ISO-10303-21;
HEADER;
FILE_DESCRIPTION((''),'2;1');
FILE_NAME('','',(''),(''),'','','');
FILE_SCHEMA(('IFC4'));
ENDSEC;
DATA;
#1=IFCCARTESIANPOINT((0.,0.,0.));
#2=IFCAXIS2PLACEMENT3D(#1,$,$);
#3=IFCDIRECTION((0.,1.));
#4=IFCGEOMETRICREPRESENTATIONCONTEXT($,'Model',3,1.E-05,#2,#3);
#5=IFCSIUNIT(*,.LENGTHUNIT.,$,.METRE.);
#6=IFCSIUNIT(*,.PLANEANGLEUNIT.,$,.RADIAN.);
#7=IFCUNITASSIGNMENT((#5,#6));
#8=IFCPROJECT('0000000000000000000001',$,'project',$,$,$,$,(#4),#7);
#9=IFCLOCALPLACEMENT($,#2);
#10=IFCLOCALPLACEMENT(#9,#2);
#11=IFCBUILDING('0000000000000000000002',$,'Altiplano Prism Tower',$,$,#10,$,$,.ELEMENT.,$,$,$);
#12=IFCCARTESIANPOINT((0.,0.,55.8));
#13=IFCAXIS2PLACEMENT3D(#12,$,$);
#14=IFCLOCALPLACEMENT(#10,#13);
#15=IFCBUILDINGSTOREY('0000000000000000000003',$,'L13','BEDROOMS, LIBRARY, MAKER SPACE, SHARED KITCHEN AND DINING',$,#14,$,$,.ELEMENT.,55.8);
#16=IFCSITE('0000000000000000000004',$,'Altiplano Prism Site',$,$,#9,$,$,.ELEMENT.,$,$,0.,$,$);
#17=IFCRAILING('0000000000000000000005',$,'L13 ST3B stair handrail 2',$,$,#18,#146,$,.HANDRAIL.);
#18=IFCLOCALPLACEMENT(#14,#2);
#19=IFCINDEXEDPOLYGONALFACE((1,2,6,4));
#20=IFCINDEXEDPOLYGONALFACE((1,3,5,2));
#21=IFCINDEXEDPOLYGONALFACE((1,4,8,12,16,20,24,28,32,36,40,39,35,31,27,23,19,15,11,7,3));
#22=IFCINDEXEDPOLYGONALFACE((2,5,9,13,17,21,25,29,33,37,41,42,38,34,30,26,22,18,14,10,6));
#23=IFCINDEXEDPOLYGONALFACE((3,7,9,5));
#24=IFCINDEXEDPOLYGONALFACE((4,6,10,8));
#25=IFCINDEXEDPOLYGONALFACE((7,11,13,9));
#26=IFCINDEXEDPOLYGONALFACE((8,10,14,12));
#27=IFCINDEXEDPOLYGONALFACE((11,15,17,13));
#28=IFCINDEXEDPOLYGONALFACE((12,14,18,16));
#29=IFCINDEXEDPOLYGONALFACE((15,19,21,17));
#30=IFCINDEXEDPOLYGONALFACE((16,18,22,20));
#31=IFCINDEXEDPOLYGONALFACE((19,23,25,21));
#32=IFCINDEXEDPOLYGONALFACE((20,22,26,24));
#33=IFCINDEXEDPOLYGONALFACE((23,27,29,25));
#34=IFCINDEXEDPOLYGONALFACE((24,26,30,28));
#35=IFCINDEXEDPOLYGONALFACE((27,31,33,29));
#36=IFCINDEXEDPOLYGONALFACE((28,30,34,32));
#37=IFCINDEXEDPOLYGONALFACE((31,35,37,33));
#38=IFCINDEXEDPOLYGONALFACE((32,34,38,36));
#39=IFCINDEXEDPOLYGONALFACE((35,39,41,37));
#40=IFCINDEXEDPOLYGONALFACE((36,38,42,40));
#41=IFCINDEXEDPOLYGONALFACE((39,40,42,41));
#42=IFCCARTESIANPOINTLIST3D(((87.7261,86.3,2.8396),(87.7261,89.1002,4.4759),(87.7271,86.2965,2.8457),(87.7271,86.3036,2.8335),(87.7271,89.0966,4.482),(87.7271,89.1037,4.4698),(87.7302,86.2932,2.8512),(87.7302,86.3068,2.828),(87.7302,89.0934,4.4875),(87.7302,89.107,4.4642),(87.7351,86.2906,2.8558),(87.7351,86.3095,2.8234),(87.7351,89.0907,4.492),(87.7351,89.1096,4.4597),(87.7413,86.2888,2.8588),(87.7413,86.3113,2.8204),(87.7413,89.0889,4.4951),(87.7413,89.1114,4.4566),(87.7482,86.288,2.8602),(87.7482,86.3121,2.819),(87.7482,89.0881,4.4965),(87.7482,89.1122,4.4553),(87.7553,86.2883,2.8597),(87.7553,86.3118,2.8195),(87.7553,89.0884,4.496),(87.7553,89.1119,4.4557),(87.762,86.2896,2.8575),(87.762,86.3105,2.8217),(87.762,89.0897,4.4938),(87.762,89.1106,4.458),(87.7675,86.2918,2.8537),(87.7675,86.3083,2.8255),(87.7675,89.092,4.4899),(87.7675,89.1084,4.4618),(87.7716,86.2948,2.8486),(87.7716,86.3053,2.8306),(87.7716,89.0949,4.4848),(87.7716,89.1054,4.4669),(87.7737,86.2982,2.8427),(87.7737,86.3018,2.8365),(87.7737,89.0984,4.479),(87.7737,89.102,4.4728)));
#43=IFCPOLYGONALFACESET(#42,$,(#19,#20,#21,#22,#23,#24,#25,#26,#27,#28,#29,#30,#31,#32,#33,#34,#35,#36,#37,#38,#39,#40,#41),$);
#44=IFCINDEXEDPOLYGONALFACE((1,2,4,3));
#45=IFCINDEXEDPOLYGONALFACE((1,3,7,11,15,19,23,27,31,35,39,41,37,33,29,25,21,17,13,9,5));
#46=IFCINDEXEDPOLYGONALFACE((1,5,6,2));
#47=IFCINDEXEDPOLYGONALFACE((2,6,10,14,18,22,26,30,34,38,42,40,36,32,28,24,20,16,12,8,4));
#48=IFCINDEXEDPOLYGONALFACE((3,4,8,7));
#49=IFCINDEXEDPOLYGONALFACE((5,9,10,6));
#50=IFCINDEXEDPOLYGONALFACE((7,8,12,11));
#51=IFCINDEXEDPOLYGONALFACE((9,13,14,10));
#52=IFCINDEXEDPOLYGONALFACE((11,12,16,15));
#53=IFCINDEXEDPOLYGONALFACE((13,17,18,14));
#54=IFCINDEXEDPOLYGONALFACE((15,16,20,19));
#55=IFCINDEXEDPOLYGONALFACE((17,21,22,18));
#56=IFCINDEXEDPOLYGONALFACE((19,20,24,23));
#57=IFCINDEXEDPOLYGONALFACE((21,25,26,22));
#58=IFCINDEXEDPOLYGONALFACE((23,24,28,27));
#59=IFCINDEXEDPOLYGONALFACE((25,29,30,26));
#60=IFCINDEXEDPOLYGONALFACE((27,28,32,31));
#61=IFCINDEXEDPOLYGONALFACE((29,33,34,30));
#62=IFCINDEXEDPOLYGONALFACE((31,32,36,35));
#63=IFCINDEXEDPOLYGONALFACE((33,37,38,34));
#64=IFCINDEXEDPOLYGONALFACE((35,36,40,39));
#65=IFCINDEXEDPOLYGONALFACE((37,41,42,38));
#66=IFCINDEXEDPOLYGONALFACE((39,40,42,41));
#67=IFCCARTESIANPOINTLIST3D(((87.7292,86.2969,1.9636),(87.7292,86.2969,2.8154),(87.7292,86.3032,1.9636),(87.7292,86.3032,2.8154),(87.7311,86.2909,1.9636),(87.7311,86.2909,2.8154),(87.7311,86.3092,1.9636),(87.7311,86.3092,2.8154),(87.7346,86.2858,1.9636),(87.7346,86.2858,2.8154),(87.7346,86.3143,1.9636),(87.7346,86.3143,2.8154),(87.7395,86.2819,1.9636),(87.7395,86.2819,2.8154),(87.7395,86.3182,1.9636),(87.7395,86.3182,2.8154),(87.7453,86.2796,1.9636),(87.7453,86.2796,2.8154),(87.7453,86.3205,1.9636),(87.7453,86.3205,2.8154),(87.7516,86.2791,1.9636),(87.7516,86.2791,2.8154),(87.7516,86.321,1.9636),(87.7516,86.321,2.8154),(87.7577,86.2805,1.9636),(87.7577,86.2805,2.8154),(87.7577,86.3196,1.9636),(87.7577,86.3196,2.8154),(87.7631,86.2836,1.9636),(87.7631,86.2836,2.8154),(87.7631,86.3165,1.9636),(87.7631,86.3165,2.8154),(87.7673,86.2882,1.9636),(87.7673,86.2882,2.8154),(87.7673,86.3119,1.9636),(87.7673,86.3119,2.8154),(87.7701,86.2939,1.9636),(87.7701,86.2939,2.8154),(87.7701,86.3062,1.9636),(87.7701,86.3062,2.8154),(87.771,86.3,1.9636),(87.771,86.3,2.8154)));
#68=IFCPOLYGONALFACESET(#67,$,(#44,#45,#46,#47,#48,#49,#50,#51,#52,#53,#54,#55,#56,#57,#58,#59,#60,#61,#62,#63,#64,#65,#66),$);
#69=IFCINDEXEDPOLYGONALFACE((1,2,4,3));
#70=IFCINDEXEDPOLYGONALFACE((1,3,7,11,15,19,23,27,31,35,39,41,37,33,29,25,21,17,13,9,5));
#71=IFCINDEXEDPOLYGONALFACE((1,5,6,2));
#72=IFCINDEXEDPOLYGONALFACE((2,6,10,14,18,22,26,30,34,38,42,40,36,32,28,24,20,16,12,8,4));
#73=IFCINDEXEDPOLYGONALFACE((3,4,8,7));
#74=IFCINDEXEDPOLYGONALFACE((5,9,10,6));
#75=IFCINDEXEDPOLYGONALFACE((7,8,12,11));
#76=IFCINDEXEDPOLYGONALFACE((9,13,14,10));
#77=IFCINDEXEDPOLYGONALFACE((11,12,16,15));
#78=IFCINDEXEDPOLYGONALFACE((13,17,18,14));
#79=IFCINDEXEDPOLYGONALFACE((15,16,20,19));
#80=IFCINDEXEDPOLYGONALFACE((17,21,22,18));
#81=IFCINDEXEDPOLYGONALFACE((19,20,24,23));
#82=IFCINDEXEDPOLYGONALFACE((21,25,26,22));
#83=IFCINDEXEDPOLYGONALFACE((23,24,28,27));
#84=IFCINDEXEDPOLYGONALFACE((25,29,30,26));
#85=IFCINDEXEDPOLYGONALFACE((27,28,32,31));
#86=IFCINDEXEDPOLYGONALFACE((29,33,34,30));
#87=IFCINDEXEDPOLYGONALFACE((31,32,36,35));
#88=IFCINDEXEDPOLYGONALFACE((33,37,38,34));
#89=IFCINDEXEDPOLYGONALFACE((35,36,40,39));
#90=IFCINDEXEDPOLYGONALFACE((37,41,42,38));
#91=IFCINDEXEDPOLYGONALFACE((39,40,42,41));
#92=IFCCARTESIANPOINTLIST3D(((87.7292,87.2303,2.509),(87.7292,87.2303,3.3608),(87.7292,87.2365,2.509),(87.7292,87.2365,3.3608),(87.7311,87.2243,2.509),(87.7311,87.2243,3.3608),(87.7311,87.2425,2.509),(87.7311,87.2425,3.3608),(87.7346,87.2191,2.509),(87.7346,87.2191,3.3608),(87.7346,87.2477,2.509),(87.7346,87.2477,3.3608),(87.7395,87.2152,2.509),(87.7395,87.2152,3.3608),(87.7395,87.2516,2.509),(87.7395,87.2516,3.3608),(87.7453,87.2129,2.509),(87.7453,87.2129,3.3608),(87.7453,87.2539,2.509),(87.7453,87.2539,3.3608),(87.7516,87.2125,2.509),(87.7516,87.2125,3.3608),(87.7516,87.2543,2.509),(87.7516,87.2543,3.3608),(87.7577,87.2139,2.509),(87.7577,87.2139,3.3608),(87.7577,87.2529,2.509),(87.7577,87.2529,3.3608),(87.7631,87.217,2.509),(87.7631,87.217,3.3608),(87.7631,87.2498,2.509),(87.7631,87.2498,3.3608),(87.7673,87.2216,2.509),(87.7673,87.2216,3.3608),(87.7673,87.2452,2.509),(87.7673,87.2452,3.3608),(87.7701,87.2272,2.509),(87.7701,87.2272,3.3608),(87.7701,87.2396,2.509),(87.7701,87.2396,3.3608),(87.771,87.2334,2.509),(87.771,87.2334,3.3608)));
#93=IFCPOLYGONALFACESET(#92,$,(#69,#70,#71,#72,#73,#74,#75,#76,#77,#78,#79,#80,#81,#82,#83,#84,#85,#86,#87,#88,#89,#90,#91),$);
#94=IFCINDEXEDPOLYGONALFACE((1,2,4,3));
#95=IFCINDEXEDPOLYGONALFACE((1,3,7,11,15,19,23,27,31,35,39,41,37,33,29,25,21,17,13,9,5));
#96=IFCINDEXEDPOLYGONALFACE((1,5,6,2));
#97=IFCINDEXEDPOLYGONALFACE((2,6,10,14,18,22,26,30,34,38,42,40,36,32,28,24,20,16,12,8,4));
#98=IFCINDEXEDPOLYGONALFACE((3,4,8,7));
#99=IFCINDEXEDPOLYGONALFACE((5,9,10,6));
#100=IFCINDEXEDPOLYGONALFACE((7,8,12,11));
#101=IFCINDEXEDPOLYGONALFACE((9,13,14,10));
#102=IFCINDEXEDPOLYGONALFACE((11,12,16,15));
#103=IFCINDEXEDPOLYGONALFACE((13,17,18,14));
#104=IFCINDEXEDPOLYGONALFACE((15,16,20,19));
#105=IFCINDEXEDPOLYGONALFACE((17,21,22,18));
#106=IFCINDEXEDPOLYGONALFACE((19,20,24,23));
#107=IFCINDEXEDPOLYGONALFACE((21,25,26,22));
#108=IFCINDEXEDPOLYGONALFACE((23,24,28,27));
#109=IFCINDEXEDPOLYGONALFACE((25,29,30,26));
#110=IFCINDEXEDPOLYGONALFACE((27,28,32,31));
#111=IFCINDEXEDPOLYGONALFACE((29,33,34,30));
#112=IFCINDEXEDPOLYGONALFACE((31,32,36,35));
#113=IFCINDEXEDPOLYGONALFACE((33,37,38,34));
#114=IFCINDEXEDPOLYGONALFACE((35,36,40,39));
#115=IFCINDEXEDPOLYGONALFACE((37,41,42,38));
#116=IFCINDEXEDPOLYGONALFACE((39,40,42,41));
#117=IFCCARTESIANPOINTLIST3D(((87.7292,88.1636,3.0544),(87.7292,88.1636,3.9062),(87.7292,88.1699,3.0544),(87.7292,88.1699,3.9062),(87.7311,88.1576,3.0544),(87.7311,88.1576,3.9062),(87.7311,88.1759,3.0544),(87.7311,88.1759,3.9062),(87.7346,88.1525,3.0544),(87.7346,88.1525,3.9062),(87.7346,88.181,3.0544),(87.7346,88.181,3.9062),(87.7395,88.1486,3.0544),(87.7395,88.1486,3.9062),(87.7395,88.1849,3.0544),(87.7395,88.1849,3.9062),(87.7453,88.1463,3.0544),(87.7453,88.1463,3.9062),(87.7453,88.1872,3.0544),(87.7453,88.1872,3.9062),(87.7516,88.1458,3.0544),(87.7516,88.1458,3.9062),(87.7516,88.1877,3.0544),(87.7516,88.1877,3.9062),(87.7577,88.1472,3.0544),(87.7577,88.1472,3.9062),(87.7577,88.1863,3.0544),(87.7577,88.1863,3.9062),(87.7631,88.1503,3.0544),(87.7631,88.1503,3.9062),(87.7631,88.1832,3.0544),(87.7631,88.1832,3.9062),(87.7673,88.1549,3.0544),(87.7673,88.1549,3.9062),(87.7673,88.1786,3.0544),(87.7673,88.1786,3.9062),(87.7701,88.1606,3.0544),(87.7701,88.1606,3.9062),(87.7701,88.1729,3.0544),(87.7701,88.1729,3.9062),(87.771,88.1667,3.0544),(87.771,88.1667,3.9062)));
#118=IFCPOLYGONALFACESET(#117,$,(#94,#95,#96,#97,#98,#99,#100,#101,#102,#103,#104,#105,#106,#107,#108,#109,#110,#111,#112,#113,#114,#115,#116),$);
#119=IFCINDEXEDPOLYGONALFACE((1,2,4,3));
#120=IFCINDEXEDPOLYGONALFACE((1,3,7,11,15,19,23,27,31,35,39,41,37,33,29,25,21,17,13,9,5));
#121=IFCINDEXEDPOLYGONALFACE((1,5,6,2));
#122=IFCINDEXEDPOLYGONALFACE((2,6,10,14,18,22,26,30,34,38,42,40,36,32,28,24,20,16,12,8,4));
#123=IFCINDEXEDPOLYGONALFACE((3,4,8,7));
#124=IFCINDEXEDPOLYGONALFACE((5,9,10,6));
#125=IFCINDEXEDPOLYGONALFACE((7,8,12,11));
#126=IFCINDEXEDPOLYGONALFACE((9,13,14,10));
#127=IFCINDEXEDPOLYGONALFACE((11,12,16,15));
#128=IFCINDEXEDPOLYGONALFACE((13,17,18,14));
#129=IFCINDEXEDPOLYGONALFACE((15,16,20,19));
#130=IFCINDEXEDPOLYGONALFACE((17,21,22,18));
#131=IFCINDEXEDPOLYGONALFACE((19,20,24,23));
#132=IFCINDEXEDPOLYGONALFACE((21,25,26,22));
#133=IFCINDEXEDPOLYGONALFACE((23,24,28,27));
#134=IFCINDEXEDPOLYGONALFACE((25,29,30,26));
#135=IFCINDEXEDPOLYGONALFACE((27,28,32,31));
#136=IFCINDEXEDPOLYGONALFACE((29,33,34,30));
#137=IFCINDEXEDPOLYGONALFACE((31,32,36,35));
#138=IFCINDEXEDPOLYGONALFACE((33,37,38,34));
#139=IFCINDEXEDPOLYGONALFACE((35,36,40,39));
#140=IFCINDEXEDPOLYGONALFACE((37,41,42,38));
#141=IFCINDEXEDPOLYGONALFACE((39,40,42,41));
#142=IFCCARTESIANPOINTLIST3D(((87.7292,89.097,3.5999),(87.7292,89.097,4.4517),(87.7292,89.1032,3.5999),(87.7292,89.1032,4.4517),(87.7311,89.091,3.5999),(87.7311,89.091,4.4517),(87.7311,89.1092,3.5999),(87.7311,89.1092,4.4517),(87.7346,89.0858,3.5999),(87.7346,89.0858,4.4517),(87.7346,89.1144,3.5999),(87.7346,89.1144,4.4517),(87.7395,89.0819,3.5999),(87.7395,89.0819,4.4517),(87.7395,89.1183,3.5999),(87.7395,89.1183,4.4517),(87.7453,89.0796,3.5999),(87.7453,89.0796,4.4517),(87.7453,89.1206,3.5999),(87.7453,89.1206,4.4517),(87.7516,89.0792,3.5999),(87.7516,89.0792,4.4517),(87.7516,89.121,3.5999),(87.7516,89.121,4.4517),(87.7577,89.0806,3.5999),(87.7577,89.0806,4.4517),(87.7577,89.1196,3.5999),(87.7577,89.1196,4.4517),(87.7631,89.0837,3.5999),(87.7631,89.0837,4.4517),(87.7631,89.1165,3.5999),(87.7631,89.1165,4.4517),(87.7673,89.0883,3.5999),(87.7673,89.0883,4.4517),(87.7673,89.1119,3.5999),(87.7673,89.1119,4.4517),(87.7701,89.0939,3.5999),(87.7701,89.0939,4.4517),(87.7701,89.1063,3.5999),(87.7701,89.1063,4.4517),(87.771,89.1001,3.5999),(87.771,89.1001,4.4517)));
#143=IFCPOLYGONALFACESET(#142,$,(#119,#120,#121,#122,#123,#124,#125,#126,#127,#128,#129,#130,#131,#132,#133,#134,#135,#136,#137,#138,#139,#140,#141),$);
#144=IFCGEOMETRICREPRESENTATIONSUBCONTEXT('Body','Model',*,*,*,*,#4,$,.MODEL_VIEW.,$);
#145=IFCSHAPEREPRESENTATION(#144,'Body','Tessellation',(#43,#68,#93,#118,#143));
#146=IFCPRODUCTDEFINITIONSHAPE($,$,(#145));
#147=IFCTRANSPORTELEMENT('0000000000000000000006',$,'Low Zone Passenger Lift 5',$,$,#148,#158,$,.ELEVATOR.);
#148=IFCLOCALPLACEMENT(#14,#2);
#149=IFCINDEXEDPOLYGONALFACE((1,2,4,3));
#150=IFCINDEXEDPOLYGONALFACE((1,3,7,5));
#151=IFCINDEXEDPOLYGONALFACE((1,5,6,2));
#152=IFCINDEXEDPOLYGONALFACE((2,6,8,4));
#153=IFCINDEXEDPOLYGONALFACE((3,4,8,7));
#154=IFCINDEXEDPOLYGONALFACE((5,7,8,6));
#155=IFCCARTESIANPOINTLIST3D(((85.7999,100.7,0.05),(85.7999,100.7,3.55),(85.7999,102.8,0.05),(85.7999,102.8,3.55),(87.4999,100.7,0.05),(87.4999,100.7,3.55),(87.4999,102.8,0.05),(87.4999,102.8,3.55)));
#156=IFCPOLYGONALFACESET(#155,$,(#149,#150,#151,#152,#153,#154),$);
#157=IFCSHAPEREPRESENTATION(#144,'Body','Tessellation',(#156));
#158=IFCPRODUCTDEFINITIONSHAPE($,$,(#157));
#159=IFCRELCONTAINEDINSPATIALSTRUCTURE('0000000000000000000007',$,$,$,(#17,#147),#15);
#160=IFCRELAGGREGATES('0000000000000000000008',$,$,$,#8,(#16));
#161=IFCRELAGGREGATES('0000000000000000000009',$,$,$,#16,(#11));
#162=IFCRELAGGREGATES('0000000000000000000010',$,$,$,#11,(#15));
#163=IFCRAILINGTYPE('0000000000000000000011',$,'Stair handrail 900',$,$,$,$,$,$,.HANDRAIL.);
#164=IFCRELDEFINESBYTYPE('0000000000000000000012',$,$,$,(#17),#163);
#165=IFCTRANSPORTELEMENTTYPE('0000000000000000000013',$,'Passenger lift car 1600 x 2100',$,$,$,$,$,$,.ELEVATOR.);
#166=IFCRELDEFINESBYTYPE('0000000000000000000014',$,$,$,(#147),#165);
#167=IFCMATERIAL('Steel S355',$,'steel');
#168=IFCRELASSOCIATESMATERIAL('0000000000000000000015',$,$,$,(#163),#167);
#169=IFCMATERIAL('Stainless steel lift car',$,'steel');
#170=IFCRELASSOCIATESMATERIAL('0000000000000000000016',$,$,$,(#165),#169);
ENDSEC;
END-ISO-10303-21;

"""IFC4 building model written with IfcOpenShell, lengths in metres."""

from ifc_helpers import new_model, si_unit, direction, frame, origin, origin_2d, place, context, subcontext, project, spatial, rectangle, circle, extrude, material, type_object, element, save


model = new_model("IFC4")

# Units and contexts
model_context = context("Model", 3, precision=1e-05, world=origin(), true_north=direction((0.0, 1.0)))
body_context = subcontext(model_context, "Body", "Model", "MODEL_VIEW")
ifc_project = project(units=[si_unit("LENGTHUNIT", "METRE"), si_unit("PLANEANGLEUNIT", "RADIAN")], contexts=[model_context])

# Site, building, storey
site_placement = place(None, origin())
site = spatial("IfcSite", under=ifc_project, at=site_placement, Name="Altiplano Prism Site", CompositionType="ELEMENT", RefElevation=0.0)
building_placement = place(site_placement, origin())
building = spatial("IfcBuilding", under=site, at=building_placement, Name="Altiplano Prism Tower", CompositionType="ELEMENT")
storey_placement = place(building_placement, frame((0.0, 0.0, 55.8)))
storey = spatial("IfcBuildingStorey", under=building, at=storey_placement, Name="L13", Description="BEDROOMS, LIBRARY, MAKER SPACE, SHARED KITCHEN AND DINING", CompositionType="ELEMENT", Elevation=55.8)

# Railing
ifc_material_1 = material(Name="Steel S355", Category="steel")
railing_type_1 = type_object("IfcRailingType", Name="Stair handrail 900", PredefinedType="HANDRAIL", material=ifc_material_1)
railing_1_placement = place(storey_placement, frame((87.75, 86.3, 1.9636)))
element("IfcRailing", 1, at=railing_1_placement, inside=storey, type_object=railing_type_1, Name="L13 ST3B stair handrail 2", PredefinedType="HANDRAIL", context=body_context, shape_type="SweptSolid", body=[
    extrude(circle(Radius=0.0239, at=origin_2d()), frame((0.0, 0.0, 0.876), z_axis=(0.0, 0.863394, 0.504531), x_axis=(-1.0, 0.0, 0.0)), (0.0, 0.0, 1.0), 3.2432),
    extrude(circle(Radius=0.021, at=origin_2d()), origin(), (0.0, 0.0, 1.0), 0.8518),
    extrude(circle(Radius=0.021, at=origin_2d()), frame((0.0, 0.9333, 0.5454)), (0.0, 0.0, 1.0), 0.8518),
    extrude(circle(Radius=0.021, at=origin_2d()), frame((0.0, 1.8667, 1.0908)), (0.0, 0.0, 1.0), 0.8518),
    extrude(circle(Radius=0.021, at=origin_2d()), frame((0.0, 2.8, 1.6362)), (0.0, 0.0, 1.0), 0.8518),
])

# Transport element
ifc_material_2 = material(Name="Stainless steel lift car", Category="steel")
transport_element_type = type_object("IfcTransportElementType", Name="Passenger lift car 1600 x 2100", PredefinedType="ELEVATOR", material=ifc_material_2)
transport_element_placement = place(storey_placement, frame((86.6499, 101.75, 0.05), z_axis=(0.0, 0.0, 1.0), x_axis=(1.0, 0.0, 0.0)))
element("IfcTransportElement", 2, at=transport_element_placement, inside=storey, type_object=transport_element_type, Name="Low Zone Passenger Lift 5", PredefinedType="ELEVATOR", context=body_context, shape_type="SweptSolid", body=[
    extrude(rectangle(XDim=1.7, YDim=2.1001, at=origin_2d()), origin(), (0.0, 0.0, 1.0), 3.5),
])

save(model, "model.ifc")
